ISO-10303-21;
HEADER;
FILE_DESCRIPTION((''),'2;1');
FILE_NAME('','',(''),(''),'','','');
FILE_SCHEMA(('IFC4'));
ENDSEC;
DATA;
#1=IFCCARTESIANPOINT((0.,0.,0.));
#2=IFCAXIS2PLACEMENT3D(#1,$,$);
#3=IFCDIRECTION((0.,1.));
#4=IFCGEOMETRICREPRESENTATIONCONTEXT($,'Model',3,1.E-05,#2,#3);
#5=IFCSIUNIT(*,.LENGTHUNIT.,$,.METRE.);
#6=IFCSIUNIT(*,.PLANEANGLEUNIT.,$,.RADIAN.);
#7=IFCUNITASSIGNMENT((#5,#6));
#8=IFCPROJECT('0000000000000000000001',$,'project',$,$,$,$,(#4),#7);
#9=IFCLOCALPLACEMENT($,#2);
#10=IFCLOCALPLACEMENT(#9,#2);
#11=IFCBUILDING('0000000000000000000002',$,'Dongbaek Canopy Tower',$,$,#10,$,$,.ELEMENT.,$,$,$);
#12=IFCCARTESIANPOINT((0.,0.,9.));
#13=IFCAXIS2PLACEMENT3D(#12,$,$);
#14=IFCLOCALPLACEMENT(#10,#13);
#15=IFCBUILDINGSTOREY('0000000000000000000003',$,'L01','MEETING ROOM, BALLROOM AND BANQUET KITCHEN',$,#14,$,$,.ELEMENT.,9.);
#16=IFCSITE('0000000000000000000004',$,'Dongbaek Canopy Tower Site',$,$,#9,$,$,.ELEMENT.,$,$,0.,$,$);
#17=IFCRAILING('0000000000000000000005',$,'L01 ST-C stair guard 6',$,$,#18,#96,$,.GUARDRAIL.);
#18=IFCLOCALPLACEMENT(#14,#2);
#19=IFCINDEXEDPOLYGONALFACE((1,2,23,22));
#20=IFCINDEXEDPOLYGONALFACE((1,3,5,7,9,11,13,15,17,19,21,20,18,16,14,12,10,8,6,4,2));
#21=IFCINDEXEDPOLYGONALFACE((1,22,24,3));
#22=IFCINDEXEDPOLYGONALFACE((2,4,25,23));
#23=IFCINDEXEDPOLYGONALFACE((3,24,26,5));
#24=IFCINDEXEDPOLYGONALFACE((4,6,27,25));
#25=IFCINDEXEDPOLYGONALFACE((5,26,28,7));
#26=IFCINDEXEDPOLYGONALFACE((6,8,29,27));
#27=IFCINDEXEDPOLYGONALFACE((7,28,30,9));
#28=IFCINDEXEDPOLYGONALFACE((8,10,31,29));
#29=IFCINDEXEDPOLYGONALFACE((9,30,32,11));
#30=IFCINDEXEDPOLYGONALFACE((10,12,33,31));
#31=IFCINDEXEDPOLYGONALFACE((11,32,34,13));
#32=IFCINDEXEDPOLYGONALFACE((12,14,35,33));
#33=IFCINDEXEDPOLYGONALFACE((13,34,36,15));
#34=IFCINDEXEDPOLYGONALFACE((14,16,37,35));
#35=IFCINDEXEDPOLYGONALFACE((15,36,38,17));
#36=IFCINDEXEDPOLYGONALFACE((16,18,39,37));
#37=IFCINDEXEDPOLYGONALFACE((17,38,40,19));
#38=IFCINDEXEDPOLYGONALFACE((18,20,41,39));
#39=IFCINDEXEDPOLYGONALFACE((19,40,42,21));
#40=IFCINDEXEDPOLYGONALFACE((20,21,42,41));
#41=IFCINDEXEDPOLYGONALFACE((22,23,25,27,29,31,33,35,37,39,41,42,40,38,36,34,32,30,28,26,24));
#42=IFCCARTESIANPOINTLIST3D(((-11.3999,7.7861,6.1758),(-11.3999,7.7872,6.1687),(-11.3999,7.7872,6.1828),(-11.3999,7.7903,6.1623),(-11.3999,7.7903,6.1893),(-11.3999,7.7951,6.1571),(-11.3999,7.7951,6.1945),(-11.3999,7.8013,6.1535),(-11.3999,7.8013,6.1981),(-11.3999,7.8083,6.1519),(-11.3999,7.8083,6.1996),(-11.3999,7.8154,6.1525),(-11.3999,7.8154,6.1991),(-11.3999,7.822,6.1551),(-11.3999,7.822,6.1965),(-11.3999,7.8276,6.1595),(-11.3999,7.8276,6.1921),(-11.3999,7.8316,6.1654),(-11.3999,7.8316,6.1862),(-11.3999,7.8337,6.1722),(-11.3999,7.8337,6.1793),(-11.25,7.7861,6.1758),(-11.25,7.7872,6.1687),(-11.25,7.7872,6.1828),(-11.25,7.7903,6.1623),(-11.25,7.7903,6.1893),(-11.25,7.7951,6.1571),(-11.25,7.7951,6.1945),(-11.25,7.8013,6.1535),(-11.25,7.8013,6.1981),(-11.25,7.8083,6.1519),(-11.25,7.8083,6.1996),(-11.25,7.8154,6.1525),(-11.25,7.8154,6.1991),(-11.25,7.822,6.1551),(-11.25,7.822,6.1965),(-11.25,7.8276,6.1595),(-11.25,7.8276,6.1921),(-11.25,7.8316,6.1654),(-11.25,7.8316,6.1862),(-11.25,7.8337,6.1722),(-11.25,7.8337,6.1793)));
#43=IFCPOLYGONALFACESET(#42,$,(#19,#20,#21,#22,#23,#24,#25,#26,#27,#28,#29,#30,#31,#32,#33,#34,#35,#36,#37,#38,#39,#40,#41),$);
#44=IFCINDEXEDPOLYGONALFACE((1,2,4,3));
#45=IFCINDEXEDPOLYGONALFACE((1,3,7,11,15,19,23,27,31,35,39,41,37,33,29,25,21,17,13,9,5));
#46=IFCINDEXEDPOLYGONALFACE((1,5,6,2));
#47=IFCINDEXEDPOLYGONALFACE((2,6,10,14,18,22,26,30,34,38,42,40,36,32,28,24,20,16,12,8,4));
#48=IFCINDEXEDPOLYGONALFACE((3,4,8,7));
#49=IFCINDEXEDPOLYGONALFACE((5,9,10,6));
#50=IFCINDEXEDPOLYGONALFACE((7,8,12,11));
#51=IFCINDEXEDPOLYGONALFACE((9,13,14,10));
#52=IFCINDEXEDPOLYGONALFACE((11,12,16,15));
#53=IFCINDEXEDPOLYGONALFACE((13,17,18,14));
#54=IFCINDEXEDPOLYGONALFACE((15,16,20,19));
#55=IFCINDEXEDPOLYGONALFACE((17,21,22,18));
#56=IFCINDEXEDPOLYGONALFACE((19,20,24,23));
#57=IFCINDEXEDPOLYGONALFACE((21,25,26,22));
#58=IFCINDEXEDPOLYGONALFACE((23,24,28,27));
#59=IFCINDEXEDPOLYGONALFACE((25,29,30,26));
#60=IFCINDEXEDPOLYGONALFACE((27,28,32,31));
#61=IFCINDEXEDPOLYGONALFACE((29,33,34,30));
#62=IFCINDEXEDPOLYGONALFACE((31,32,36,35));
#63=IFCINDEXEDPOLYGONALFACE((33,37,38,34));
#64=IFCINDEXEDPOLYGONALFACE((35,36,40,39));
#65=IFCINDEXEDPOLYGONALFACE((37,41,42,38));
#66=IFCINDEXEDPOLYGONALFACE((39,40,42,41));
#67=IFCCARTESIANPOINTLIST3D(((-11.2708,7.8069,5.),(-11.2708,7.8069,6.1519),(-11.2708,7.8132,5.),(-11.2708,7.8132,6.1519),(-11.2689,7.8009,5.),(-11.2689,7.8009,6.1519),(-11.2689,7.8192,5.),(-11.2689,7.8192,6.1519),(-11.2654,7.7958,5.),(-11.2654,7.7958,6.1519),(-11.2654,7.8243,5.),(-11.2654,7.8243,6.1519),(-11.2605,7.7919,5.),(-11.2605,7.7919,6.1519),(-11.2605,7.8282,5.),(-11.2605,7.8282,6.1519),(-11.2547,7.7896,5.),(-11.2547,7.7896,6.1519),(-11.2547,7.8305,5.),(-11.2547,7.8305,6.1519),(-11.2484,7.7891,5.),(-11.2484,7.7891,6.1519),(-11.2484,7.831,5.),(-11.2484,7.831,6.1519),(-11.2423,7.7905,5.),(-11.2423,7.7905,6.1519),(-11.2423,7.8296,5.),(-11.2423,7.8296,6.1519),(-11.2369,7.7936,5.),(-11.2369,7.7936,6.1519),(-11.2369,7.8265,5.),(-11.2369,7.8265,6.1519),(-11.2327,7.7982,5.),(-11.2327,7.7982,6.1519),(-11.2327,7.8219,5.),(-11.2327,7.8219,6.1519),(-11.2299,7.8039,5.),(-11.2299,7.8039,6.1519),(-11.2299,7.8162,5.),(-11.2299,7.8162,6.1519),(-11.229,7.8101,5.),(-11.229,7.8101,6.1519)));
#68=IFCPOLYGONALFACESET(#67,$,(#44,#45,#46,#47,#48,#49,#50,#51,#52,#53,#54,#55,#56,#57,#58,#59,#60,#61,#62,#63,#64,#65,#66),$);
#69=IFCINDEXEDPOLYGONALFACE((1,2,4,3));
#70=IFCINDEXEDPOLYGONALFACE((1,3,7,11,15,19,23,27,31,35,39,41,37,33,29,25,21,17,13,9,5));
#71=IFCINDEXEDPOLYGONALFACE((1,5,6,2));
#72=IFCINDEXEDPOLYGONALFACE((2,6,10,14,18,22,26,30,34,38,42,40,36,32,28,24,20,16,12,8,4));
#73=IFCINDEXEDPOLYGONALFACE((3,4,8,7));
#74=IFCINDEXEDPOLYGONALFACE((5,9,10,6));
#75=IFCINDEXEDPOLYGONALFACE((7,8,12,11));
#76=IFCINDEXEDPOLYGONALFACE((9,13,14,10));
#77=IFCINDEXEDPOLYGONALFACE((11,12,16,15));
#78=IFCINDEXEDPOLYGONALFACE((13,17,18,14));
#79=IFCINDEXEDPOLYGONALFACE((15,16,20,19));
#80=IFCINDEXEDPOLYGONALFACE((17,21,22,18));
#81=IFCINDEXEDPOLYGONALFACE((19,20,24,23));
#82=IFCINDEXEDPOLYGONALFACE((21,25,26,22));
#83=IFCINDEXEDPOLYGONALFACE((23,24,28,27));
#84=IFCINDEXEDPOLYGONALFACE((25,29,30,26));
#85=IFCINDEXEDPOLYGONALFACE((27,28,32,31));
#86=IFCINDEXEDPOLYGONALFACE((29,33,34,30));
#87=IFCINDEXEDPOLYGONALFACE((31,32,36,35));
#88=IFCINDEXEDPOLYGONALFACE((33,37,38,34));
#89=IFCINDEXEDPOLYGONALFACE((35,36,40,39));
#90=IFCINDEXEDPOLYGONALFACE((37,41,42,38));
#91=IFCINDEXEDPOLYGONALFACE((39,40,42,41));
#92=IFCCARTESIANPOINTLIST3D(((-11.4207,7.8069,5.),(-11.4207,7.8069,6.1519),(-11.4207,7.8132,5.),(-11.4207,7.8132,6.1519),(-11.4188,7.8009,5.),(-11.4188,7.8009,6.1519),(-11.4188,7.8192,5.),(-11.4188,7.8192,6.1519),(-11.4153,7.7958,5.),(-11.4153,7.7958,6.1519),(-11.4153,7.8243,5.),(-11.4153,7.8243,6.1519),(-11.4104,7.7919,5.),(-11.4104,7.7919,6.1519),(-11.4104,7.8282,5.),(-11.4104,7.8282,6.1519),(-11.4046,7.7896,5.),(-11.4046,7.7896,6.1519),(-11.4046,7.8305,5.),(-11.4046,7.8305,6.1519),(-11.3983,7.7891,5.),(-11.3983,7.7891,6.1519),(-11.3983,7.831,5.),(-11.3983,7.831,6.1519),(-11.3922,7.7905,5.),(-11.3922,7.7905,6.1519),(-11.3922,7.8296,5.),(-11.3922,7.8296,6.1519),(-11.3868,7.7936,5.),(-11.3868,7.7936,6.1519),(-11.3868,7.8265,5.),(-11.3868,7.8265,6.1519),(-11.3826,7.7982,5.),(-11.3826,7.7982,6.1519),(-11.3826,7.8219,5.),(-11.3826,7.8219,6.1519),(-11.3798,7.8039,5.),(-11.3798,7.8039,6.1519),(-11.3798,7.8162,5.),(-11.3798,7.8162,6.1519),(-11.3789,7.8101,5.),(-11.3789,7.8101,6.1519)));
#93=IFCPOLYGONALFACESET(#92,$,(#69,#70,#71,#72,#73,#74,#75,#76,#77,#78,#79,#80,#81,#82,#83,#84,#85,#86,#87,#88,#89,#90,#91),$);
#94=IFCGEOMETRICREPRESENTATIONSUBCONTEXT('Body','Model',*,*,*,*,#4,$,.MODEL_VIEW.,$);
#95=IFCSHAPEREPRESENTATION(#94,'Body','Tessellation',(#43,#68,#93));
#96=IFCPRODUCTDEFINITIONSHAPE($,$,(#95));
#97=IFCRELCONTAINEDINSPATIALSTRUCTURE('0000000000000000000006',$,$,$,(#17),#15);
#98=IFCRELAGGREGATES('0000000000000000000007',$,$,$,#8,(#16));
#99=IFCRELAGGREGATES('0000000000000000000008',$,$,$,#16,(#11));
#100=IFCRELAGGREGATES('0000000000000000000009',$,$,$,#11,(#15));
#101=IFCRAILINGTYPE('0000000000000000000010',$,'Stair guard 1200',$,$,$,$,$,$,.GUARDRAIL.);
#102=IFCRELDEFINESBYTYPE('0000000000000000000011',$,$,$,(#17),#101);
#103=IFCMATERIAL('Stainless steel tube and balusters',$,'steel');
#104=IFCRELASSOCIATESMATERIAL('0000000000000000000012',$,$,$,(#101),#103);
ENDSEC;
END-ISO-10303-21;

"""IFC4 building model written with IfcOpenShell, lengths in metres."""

from ifc_helpers import new_model, si_unit, direction, frame, origin, origin_2d, place, context, subcontext, project, spatial, circle, extrude, material, type_object, element, save


model = new_model("IFC4")

# Units and contexts
model_context = context("Model", 3, precision=1e-05, world=origin(), true_north=direction((0.0, 1.0)))
body_context = subcontext(model_context, "Body", "Model", "MODEL_VIEW")
ifc_project = project(units=[si_unit("LENGTHUNIT", "METRE"), si_unit("PLANEANGLEUNIT", "RADIAN")], contexts=[model_context])

# Site, building, storey
site_placement = place(None, origin())
site = spatial("IfcSite", under=ifc_project, at=site_placement, Name="Dongbaek Canopy Tower Site", CompositionType="ELEMENT", RefElevation=0.0)
building_placement = place(site_placement, origin())
building = spatial("IfcBuilding", under=site, at=building_placement, Name="Dongbaek Canopy Tower", CompositionType="ELEMENT")
storey_placement = place(building_placement, frame((0.0, 0.0, 9.0)))
storey = spatial("IfcBuildingStorey", under=building, at=storey_placement, Name="L01", Description="MEETING ROOM, BALLROOM AND BANQUET KITCHEN", CompositionType="ELEMENT", Elevation=9.0)

# Railing
ifc_material_1 = material(Name="Stainless steel tube and balusters", Category="steel")
railing_type_1 = type_object("IfcRailingType", Name="Stair guard 1200", PredefinedType="GUARDRAIL", material=ifc_material_1)
railing_1_placement = place(storey_placement, frame((-11.25, 7.8101, 5.0)))
element("IfcRailing", 1, at=railing_1_placement, inside=storey, type_object=railing_type_1, Name="L01 ST-C stair guard 6", PredefinedType="GUARDRAIL", context=body_context, shape_type="SweptSolid", body=[
    extrude(circle(Radius=0.0239, at=origin_2d()), frame((0.0, 0.0, 1.1758), z_axis=(-1.0, 0.0, 0.0), x_axis=(0.0, -1.0, 0.0)), (0.0, 0.0, 1.0), 0.1499),
    extrude(circle(Radius=0.021, at=origin_2d()), origin(), (0.0, 0.0, 1.0), 1.1519),
    extrude(circle(Radius=0.021, at=origin_2d()), frame((-0.1499, 0.0, 0.0)), (0.0, 0.0, 1.0), 1.1519),
])

save(model, "model.ifc")
